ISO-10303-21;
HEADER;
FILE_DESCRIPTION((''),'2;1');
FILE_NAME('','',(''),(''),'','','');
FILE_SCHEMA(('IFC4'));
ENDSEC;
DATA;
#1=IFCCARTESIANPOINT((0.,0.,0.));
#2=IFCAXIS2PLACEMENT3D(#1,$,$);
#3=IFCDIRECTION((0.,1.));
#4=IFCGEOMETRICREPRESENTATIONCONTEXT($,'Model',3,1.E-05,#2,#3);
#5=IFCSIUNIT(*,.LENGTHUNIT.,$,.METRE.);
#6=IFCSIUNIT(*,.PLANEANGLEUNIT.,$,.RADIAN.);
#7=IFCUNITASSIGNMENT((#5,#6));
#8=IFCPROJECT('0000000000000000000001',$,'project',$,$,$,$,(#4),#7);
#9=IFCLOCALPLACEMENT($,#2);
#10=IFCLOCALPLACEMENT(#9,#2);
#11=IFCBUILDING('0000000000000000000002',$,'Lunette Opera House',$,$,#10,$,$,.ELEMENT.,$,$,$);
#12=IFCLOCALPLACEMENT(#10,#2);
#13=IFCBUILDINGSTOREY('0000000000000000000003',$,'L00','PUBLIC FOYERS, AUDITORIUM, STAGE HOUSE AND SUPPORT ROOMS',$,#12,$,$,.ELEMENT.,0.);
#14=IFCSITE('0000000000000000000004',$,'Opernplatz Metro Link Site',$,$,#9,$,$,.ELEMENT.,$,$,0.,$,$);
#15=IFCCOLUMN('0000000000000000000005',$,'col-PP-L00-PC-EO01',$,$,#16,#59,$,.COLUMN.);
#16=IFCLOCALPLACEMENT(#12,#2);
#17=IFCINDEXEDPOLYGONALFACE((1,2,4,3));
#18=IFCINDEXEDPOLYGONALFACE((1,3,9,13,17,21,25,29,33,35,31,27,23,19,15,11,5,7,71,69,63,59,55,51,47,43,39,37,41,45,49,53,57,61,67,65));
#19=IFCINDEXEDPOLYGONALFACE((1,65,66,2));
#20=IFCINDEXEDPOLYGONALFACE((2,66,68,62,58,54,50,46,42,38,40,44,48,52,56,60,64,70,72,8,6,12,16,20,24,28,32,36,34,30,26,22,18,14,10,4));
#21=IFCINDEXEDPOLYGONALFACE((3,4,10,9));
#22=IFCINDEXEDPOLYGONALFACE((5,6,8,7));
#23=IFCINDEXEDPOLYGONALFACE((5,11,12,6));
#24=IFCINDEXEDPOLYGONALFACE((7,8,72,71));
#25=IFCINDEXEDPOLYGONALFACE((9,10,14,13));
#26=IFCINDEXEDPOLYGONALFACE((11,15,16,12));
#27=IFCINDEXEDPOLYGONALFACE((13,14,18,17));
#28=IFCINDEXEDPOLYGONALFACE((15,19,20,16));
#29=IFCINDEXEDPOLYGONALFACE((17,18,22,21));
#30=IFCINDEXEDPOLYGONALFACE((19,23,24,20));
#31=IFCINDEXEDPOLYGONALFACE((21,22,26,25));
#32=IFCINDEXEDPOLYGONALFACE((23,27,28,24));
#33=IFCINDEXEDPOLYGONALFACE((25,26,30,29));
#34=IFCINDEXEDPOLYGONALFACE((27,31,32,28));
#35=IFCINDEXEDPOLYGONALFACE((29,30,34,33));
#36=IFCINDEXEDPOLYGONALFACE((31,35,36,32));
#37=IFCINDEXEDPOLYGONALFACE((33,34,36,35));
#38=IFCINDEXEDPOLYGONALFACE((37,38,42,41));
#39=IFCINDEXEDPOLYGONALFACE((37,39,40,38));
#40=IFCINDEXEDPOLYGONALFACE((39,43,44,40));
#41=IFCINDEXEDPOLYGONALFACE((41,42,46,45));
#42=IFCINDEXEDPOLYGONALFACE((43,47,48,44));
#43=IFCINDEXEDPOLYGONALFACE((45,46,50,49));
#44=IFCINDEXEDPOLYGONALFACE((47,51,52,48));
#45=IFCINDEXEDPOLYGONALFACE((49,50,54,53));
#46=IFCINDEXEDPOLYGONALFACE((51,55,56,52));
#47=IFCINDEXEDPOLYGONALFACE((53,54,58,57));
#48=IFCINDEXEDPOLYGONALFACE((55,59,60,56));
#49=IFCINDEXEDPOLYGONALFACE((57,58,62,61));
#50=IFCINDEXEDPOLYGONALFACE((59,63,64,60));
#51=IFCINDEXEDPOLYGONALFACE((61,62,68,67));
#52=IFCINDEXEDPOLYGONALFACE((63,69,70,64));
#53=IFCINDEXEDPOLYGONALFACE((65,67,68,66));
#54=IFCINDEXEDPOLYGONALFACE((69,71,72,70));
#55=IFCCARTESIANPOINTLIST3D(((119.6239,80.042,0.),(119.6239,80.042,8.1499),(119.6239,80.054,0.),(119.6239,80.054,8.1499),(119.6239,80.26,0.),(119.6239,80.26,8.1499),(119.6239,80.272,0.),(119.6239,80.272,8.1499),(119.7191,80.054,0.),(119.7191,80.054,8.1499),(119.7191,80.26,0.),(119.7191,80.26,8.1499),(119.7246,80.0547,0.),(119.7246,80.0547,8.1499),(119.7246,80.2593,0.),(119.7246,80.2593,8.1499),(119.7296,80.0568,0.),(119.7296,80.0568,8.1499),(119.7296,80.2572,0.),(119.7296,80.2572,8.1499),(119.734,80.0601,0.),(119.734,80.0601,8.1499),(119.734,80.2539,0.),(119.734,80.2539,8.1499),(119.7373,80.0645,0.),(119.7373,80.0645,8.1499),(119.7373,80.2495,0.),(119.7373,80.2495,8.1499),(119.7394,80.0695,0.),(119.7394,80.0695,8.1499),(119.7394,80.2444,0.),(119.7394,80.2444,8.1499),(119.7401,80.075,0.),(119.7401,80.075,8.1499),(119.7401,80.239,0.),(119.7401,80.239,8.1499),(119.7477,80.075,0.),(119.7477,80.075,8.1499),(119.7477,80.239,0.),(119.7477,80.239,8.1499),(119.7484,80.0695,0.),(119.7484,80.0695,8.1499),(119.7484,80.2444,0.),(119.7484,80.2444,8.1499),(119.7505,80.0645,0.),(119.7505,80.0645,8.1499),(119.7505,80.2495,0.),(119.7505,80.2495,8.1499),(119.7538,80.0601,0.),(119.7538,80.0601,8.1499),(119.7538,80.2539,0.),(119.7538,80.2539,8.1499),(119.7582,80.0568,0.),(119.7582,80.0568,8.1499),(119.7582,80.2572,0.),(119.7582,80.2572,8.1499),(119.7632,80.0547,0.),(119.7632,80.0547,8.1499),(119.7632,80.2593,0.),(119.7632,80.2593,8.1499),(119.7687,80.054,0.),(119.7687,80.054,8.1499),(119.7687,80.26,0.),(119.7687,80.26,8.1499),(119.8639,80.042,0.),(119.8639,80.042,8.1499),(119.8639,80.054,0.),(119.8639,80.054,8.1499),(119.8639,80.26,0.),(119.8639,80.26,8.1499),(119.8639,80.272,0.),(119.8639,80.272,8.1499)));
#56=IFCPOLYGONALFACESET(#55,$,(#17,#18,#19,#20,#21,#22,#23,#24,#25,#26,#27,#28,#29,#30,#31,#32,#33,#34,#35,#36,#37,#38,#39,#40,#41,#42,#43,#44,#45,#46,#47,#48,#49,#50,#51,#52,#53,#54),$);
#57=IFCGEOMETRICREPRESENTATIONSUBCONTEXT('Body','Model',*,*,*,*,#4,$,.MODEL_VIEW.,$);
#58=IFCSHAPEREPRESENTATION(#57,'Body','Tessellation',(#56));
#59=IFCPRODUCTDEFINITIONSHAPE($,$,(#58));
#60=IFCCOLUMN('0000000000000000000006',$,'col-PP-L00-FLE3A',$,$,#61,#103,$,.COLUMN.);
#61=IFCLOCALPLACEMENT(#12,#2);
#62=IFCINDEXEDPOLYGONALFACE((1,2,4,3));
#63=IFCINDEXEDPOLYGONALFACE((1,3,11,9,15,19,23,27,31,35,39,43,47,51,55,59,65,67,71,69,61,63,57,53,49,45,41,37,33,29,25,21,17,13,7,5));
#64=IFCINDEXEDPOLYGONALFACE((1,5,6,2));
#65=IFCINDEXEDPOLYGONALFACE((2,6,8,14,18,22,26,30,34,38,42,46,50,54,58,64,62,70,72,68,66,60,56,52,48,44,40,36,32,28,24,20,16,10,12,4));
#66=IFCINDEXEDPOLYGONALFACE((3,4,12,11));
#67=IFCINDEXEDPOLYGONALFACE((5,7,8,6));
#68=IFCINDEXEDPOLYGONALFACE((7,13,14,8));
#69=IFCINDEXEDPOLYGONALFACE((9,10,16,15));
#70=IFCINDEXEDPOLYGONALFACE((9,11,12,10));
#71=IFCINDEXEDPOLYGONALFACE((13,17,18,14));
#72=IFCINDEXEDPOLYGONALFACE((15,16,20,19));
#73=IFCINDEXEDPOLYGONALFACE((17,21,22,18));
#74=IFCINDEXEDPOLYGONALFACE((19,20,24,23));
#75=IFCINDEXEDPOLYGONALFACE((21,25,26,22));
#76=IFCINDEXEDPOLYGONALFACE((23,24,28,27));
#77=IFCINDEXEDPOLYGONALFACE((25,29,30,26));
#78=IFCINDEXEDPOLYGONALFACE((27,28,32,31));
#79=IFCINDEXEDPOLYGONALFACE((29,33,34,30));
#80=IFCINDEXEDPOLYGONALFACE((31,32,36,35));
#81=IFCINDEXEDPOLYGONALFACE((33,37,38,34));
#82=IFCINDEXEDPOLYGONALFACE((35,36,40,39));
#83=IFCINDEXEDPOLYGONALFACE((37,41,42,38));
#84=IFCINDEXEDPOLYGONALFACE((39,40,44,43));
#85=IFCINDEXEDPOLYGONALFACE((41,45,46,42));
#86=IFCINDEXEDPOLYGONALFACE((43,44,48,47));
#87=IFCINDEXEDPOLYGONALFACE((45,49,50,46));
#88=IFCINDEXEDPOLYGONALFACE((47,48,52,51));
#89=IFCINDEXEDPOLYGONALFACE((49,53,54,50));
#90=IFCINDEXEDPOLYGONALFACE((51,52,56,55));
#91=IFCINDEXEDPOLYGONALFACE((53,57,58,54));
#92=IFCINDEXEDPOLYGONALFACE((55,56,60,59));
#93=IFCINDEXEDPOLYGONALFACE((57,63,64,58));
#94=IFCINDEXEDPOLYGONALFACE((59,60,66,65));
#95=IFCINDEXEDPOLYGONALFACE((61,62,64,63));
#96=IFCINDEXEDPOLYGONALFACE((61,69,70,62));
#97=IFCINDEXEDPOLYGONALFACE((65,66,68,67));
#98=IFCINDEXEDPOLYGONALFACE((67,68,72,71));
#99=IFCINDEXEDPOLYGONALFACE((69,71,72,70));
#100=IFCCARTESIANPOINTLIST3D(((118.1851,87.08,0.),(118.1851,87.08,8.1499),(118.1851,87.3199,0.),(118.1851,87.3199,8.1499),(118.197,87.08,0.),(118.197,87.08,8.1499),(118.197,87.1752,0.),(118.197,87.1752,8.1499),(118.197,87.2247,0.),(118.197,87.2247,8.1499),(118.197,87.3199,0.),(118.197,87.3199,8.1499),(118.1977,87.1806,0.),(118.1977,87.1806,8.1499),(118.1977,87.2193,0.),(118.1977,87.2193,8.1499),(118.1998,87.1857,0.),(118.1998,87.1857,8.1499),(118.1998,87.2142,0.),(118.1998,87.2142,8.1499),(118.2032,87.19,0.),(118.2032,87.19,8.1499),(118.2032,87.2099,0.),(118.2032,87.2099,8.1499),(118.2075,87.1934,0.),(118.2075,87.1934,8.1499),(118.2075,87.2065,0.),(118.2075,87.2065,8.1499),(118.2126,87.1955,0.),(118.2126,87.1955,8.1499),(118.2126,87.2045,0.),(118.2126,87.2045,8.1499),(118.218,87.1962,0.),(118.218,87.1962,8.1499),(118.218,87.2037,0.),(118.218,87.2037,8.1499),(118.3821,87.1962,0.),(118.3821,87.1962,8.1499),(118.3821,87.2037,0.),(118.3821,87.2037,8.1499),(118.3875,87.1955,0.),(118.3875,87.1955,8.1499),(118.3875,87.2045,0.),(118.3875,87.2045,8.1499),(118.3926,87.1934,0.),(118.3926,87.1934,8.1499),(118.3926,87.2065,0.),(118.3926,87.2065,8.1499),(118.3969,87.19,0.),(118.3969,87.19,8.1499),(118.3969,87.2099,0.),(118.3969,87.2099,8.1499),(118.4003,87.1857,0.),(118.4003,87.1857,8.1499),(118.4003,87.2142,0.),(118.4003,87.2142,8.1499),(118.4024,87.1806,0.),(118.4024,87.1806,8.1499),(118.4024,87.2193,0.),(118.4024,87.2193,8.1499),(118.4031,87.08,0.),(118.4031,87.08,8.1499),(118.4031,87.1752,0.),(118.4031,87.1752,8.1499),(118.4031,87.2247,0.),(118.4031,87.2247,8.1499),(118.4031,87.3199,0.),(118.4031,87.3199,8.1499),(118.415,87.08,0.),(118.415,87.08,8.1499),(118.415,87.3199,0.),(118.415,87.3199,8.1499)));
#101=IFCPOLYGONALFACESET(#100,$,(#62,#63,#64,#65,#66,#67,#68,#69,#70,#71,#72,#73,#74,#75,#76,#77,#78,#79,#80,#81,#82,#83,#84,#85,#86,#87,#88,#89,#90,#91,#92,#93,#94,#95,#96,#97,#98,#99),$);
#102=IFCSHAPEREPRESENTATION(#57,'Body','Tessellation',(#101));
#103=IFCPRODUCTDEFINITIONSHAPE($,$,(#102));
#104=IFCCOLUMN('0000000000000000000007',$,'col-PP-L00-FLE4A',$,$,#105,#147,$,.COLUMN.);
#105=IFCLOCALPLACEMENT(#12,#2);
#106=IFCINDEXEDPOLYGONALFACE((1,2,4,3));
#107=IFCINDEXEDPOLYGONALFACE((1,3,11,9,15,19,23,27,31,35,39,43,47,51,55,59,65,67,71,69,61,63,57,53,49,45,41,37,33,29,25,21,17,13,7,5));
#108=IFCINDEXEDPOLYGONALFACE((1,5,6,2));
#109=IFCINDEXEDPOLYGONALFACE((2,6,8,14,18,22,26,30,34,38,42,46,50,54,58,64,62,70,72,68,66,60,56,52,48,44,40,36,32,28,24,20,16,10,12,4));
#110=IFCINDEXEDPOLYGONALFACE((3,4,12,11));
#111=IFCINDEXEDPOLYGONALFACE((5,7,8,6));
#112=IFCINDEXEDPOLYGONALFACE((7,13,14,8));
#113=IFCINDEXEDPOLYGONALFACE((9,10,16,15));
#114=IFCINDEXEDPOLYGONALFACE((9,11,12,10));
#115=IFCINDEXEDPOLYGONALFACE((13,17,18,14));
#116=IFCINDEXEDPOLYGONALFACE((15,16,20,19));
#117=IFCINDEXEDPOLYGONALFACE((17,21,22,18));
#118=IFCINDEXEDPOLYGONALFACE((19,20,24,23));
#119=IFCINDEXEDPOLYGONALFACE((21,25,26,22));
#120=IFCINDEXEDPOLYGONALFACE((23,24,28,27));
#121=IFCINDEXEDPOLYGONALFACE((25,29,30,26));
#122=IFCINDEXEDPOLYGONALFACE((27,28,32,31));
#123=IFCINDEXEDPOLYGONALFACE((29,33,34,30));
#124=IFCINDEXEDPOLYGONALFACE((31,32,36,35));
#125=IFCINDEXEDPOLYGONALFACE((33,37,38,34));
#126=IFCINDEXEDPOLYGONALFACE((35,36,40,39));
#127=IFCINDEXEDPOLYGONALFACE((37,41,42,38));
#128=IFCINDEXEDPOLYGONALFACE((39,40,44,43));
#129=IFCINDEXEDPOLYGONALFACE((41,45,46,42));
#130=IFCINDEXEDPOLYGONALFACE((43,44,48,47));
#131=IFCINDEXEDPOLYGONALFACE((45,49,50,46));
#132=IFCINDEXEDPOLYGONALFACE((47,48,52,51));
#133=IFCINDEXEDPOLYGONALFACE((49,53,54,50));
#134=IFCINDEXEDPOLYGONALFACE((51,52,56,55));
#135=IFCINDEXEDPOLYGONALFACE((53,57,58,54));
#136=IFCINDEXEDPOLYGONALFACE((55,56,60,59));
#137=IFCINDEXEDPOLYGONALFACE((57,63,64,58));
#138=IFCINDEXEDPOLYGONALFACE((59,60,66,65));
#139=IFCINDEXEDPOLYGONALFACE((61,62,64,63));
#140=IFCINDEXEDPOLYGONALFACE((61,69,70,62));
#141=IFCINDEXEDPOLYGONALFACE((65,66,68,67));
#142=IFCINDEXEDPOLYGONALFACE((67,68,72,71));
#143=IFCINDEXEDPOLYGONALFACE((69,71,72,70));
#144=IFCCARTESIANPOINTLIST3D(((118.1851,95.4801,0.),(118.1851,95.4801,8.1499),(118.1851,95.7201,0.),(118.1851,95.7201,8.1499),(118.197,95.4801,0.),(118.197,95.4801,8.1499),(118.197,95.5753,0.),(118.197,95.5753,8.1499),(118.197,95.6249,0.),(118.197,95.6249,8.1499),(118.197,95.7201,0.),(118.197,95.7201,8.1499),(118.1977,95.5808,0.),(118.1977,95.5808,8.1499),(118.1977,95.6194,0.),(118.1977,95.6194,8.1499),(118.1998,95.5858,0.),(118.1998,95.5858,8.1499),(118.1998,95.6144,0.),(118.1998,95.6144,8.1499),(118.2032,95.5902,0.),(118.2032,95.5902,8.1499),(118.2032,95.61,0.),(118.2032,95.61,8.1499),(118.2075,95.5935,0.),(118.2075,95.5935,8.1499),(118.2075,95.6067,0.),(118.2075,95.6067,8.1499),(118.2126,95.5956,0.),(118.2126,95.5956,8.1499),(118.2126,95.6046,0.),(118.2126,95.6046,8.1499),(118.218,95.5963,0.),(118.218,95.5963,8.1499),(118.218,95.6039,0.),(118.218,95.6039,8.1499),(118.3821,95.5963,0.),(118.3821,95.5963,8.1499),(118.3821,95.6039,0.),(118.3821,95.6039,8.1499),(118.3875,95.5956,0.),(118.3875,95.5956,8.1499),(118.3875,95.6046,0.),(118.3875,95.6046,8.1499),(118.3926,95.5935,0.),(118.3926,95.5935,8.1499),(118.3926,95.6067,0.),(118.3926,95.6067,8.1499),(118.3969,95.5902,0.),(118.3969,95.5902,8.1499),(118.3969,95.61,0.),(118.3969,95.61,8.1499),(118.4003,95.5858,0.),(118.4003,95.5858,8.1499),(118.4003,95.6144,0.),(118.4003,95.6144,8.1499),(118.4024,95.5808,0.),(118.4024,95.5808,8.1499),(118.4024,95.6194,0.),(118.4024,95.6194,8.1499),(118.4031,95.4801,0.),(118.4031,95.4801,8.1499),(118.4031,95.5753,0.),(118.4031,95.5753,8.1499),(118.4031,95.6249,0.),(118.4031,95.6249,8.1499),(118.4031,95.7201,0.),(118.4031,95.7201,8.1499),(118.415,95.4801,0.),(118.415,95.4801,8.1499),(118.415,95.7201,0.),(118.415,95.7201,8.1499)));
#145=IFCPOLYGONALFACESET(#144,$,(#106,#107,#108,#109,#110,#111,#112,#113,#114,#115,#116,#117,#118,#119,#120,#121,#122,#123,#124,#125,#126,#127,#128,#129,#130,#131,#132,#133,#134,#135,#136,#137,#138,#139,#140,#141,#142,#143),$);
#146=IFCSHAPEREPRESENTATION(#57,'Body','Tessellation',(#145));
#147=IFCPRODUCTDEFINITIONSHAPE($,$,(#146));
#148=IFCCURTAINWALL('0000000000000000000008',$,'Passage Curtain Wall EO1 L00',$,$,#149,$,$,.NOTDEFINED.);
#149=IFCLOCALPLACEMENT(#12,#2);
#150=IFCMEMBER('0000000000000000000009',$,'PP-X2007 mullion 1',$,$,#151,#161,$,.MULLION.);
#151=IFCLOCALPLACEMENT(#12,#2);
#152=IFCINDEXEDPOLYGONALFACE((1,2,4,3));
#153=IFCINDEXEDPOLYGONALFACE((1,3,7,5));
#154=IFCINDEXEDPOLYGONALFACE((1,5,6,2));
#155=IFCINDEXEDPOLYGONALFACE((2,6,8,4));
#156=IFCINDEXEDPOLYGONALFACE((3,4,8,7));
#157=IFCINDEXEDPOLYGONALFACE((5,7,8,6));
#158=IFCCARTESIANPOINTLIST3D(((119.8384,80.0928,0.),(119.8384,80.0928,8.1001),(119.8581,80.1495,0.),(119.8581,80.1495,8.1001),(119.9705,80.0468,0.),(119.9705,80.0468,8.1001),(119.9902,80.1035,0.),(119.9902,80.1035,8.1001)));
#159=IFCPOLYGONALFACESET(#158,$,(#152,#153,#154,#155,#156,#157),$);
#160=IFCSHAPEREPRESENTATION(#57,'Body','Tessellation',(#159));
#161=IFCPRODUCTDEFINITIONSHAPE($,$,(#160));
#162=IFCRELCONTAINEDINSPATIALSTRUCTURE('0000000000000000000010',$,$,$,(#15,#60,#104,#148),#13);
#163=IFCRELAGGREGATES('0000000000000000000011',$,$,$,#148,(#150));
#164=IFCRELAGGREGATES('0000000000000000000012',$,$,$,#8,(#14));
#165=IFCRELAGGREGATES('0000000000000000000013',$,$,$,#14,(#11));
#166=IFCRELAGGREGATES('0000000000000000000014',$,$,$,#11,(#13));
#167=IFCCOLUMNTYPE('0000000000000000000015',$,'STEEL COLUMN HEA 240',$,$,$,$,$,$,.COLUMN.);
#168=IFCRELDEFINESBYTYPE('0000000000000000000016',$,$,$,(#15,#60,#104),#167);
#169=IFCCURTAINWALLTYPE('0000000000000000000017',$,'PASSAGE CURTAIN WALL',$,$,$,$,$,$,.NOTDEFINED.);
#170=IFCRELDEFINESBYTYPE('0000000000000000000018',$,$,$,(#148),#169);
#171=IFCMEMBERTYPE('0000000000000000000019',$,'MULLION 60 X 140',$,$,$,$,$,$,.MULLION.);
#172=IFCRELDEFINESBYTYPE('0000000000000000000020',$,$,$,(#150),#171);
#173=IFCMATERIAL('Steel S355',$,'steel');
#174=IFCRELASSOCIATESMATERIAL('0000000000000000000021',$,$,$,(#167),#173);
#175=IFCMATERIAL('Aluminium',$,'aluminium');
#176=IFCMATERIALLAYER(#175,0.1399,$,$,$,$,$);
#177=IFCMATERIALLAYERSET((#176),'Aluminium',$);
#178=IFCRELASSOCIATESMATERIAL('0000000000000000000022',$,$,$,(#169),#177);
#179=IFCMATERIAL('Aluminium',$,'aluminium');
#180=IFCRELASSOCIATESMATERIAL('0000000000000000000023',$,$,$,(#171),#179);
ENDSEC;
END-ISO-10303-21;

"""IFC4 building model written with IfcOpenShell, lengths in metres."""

from ifc_helpers import new_model, si_unit, direction, frame, origin, origin_2d, place, context, subcontext, project, spatial, rectangle, i_section, extrude, material, layer, layer_set, material_profile, profile_set, type_object, element, aggregate, save


model = new_model("IFC4")

# Units and contexts
model_context = context("Model", 3, precision=1e-05, world=origin(), true_north=direction((0.0, 1.0)))
body_context = subcontext(model_context, "Body", "Model", "MODEL_VIEW")
ifc_project = project(units=[si_unit("LENGTHUNIT", "METRE"), si_unit("PLANEANGLEUNIT", "RADIAN")], contexts=[model_context])

# Site, building, storey
site_placement = place(None, origin())
site = spatial("IfcSite", under=ifc_project, at=site_placement, Name="Opernplatz Metro Link Site", CompositionType="ELEMENT", RefElevation=0.0)
building_placement = place(site_placement, origin())
building = spatial("IfcBuilding", under=site, at=building_placement, Name="Lunette Opera House", CompositionType="ELEMENT")
storey_placement = place(building_placement, origin())
storey = spatial("IfcBuildingStorey", under=building, at=storey_placement, Name="L00", Description="PUBLIC FOYERS, AUDITORIUM, STAGE HOUSE AND SUPPORT ROOMS", CompositionType="ELEMENT", Elevation=0.0)

# Columns
ifc_material_1 = material(Name="Steel S355", Category="steel")
ifc_material_profile_1 = material_profile(ifc_material_1, i_section(OverallWidth=0.24, OverallDepth=0.23, WebThickness=0.0076, FlangeThickness=0.012, FilletRadius=0.021, at=origin_2d()), Name="HEA 240")
ifc_profile_set_1 = profile_set([ifc_material_profile_1], Name="Steel S355")
column_type = type_object("IfcColumnType", Name="STEEL COLUMN HEA 240", PredefinedType="COLUMN", material=ifc_profile_set_1)
for number, where, z_axis, x_axis, name in (
    (1, (119.7439, 80.157, 0.0), (0.0, 0.0, 1.0), (1.0, 0.0, 0.0), "col-PP-L00-PC-EO01"),
    (2, (118.3, 87.2, 0.0), (0.0, 0.0, 1.0), (0.0, 1.0, 0.0), "col-PP-L00-FLE3A"),
    (3, (118.3, 95.6001, 0.0), (0.0, 0.0, 1.0), (0.0, 1.0, 0.0), "col-PP-L00-FLE4A"),
):
    element("IfcColumn", number, at=place(storey_placement, frame(where, z_axis=z_axis, x_axis=x_axis)), inside=storey, type_object=column_type, Name=name, PredefinedType="COLUMN", context=body_context, shape_type="SweptSolid", body=[
        extrude(i_section(OverallWidth=0.24, OverallDepth=0.23, WebThickness=0.0076, FlangeThickness=0.012, FilletRadius=0.021, at=origin_2d()), origin(), (0.0, 0.0, 1.0), 8.1499),
    ])

# Curtain wall, member
ifc_material_2 = material(Name="Aluminium", Category="aluminium")
ifc_layer_1 = layer(ifc_material_2, 0.1399)
ifc_layer_set_1 = layer_set([ifc_layer_1], Name="Aluminium")
curtain_wall_type = type_object("IfcCurtainWallType", Name="PASSAGE CURTAIN WALL", PredefinedType="NOTDEFINED", material=ifc_layer_set_1)
curtain_wall_placement = place(storey_placement, origin())
curtain_wall = element("IfcCurtainWall", 4, at=curtain_wall_placement, inside=storey, type_object=curtain_wall_type, Name="Passage Curtain Wall EO1 L00", PredefinedType="NOTDEFINED")
ifc_material_3 = material(Name="Aluminium", Category="aluminium")
ifc_material_profile_2 = material_profile(ifc_material_3, rectangle(XDim=0.0601, YDim=0.1399, at=origin_2d()), Name="MULLION 60 X 140")
ifc_profile_set_2 = profile_set([ifc_material_profile_2], Name="Aluminium")
member_type_1 = type_object("IfcMemberType", Name="MULLION 60 X 140", PredefinedType="MULLION", material=ifc_profile_set_2)
member_1_placement = place(storey_placement, frame((119.9143, 80.0981, 0.0), z_axis=(0.0, 0.0, 1.0), x_axis=(0.328619, 0.944463, 0.0)))
member_1 = element("IfcMember", 5, at=member_1_placement, type_object=member_type_1, Name="PP-X2007 mullion 1", PredefinedType="MULLION", context=body_context, shape_type="SweptSolid", body=[
    extrude(rectangle(XDim=0.0601, YDim=0.1399, at=origin_2d()), origin(), (0.0, 0.0, 1.0), 8.1001),
])

aggregate(curtain_wall, [member_1])

save(model, "model.ifc")
